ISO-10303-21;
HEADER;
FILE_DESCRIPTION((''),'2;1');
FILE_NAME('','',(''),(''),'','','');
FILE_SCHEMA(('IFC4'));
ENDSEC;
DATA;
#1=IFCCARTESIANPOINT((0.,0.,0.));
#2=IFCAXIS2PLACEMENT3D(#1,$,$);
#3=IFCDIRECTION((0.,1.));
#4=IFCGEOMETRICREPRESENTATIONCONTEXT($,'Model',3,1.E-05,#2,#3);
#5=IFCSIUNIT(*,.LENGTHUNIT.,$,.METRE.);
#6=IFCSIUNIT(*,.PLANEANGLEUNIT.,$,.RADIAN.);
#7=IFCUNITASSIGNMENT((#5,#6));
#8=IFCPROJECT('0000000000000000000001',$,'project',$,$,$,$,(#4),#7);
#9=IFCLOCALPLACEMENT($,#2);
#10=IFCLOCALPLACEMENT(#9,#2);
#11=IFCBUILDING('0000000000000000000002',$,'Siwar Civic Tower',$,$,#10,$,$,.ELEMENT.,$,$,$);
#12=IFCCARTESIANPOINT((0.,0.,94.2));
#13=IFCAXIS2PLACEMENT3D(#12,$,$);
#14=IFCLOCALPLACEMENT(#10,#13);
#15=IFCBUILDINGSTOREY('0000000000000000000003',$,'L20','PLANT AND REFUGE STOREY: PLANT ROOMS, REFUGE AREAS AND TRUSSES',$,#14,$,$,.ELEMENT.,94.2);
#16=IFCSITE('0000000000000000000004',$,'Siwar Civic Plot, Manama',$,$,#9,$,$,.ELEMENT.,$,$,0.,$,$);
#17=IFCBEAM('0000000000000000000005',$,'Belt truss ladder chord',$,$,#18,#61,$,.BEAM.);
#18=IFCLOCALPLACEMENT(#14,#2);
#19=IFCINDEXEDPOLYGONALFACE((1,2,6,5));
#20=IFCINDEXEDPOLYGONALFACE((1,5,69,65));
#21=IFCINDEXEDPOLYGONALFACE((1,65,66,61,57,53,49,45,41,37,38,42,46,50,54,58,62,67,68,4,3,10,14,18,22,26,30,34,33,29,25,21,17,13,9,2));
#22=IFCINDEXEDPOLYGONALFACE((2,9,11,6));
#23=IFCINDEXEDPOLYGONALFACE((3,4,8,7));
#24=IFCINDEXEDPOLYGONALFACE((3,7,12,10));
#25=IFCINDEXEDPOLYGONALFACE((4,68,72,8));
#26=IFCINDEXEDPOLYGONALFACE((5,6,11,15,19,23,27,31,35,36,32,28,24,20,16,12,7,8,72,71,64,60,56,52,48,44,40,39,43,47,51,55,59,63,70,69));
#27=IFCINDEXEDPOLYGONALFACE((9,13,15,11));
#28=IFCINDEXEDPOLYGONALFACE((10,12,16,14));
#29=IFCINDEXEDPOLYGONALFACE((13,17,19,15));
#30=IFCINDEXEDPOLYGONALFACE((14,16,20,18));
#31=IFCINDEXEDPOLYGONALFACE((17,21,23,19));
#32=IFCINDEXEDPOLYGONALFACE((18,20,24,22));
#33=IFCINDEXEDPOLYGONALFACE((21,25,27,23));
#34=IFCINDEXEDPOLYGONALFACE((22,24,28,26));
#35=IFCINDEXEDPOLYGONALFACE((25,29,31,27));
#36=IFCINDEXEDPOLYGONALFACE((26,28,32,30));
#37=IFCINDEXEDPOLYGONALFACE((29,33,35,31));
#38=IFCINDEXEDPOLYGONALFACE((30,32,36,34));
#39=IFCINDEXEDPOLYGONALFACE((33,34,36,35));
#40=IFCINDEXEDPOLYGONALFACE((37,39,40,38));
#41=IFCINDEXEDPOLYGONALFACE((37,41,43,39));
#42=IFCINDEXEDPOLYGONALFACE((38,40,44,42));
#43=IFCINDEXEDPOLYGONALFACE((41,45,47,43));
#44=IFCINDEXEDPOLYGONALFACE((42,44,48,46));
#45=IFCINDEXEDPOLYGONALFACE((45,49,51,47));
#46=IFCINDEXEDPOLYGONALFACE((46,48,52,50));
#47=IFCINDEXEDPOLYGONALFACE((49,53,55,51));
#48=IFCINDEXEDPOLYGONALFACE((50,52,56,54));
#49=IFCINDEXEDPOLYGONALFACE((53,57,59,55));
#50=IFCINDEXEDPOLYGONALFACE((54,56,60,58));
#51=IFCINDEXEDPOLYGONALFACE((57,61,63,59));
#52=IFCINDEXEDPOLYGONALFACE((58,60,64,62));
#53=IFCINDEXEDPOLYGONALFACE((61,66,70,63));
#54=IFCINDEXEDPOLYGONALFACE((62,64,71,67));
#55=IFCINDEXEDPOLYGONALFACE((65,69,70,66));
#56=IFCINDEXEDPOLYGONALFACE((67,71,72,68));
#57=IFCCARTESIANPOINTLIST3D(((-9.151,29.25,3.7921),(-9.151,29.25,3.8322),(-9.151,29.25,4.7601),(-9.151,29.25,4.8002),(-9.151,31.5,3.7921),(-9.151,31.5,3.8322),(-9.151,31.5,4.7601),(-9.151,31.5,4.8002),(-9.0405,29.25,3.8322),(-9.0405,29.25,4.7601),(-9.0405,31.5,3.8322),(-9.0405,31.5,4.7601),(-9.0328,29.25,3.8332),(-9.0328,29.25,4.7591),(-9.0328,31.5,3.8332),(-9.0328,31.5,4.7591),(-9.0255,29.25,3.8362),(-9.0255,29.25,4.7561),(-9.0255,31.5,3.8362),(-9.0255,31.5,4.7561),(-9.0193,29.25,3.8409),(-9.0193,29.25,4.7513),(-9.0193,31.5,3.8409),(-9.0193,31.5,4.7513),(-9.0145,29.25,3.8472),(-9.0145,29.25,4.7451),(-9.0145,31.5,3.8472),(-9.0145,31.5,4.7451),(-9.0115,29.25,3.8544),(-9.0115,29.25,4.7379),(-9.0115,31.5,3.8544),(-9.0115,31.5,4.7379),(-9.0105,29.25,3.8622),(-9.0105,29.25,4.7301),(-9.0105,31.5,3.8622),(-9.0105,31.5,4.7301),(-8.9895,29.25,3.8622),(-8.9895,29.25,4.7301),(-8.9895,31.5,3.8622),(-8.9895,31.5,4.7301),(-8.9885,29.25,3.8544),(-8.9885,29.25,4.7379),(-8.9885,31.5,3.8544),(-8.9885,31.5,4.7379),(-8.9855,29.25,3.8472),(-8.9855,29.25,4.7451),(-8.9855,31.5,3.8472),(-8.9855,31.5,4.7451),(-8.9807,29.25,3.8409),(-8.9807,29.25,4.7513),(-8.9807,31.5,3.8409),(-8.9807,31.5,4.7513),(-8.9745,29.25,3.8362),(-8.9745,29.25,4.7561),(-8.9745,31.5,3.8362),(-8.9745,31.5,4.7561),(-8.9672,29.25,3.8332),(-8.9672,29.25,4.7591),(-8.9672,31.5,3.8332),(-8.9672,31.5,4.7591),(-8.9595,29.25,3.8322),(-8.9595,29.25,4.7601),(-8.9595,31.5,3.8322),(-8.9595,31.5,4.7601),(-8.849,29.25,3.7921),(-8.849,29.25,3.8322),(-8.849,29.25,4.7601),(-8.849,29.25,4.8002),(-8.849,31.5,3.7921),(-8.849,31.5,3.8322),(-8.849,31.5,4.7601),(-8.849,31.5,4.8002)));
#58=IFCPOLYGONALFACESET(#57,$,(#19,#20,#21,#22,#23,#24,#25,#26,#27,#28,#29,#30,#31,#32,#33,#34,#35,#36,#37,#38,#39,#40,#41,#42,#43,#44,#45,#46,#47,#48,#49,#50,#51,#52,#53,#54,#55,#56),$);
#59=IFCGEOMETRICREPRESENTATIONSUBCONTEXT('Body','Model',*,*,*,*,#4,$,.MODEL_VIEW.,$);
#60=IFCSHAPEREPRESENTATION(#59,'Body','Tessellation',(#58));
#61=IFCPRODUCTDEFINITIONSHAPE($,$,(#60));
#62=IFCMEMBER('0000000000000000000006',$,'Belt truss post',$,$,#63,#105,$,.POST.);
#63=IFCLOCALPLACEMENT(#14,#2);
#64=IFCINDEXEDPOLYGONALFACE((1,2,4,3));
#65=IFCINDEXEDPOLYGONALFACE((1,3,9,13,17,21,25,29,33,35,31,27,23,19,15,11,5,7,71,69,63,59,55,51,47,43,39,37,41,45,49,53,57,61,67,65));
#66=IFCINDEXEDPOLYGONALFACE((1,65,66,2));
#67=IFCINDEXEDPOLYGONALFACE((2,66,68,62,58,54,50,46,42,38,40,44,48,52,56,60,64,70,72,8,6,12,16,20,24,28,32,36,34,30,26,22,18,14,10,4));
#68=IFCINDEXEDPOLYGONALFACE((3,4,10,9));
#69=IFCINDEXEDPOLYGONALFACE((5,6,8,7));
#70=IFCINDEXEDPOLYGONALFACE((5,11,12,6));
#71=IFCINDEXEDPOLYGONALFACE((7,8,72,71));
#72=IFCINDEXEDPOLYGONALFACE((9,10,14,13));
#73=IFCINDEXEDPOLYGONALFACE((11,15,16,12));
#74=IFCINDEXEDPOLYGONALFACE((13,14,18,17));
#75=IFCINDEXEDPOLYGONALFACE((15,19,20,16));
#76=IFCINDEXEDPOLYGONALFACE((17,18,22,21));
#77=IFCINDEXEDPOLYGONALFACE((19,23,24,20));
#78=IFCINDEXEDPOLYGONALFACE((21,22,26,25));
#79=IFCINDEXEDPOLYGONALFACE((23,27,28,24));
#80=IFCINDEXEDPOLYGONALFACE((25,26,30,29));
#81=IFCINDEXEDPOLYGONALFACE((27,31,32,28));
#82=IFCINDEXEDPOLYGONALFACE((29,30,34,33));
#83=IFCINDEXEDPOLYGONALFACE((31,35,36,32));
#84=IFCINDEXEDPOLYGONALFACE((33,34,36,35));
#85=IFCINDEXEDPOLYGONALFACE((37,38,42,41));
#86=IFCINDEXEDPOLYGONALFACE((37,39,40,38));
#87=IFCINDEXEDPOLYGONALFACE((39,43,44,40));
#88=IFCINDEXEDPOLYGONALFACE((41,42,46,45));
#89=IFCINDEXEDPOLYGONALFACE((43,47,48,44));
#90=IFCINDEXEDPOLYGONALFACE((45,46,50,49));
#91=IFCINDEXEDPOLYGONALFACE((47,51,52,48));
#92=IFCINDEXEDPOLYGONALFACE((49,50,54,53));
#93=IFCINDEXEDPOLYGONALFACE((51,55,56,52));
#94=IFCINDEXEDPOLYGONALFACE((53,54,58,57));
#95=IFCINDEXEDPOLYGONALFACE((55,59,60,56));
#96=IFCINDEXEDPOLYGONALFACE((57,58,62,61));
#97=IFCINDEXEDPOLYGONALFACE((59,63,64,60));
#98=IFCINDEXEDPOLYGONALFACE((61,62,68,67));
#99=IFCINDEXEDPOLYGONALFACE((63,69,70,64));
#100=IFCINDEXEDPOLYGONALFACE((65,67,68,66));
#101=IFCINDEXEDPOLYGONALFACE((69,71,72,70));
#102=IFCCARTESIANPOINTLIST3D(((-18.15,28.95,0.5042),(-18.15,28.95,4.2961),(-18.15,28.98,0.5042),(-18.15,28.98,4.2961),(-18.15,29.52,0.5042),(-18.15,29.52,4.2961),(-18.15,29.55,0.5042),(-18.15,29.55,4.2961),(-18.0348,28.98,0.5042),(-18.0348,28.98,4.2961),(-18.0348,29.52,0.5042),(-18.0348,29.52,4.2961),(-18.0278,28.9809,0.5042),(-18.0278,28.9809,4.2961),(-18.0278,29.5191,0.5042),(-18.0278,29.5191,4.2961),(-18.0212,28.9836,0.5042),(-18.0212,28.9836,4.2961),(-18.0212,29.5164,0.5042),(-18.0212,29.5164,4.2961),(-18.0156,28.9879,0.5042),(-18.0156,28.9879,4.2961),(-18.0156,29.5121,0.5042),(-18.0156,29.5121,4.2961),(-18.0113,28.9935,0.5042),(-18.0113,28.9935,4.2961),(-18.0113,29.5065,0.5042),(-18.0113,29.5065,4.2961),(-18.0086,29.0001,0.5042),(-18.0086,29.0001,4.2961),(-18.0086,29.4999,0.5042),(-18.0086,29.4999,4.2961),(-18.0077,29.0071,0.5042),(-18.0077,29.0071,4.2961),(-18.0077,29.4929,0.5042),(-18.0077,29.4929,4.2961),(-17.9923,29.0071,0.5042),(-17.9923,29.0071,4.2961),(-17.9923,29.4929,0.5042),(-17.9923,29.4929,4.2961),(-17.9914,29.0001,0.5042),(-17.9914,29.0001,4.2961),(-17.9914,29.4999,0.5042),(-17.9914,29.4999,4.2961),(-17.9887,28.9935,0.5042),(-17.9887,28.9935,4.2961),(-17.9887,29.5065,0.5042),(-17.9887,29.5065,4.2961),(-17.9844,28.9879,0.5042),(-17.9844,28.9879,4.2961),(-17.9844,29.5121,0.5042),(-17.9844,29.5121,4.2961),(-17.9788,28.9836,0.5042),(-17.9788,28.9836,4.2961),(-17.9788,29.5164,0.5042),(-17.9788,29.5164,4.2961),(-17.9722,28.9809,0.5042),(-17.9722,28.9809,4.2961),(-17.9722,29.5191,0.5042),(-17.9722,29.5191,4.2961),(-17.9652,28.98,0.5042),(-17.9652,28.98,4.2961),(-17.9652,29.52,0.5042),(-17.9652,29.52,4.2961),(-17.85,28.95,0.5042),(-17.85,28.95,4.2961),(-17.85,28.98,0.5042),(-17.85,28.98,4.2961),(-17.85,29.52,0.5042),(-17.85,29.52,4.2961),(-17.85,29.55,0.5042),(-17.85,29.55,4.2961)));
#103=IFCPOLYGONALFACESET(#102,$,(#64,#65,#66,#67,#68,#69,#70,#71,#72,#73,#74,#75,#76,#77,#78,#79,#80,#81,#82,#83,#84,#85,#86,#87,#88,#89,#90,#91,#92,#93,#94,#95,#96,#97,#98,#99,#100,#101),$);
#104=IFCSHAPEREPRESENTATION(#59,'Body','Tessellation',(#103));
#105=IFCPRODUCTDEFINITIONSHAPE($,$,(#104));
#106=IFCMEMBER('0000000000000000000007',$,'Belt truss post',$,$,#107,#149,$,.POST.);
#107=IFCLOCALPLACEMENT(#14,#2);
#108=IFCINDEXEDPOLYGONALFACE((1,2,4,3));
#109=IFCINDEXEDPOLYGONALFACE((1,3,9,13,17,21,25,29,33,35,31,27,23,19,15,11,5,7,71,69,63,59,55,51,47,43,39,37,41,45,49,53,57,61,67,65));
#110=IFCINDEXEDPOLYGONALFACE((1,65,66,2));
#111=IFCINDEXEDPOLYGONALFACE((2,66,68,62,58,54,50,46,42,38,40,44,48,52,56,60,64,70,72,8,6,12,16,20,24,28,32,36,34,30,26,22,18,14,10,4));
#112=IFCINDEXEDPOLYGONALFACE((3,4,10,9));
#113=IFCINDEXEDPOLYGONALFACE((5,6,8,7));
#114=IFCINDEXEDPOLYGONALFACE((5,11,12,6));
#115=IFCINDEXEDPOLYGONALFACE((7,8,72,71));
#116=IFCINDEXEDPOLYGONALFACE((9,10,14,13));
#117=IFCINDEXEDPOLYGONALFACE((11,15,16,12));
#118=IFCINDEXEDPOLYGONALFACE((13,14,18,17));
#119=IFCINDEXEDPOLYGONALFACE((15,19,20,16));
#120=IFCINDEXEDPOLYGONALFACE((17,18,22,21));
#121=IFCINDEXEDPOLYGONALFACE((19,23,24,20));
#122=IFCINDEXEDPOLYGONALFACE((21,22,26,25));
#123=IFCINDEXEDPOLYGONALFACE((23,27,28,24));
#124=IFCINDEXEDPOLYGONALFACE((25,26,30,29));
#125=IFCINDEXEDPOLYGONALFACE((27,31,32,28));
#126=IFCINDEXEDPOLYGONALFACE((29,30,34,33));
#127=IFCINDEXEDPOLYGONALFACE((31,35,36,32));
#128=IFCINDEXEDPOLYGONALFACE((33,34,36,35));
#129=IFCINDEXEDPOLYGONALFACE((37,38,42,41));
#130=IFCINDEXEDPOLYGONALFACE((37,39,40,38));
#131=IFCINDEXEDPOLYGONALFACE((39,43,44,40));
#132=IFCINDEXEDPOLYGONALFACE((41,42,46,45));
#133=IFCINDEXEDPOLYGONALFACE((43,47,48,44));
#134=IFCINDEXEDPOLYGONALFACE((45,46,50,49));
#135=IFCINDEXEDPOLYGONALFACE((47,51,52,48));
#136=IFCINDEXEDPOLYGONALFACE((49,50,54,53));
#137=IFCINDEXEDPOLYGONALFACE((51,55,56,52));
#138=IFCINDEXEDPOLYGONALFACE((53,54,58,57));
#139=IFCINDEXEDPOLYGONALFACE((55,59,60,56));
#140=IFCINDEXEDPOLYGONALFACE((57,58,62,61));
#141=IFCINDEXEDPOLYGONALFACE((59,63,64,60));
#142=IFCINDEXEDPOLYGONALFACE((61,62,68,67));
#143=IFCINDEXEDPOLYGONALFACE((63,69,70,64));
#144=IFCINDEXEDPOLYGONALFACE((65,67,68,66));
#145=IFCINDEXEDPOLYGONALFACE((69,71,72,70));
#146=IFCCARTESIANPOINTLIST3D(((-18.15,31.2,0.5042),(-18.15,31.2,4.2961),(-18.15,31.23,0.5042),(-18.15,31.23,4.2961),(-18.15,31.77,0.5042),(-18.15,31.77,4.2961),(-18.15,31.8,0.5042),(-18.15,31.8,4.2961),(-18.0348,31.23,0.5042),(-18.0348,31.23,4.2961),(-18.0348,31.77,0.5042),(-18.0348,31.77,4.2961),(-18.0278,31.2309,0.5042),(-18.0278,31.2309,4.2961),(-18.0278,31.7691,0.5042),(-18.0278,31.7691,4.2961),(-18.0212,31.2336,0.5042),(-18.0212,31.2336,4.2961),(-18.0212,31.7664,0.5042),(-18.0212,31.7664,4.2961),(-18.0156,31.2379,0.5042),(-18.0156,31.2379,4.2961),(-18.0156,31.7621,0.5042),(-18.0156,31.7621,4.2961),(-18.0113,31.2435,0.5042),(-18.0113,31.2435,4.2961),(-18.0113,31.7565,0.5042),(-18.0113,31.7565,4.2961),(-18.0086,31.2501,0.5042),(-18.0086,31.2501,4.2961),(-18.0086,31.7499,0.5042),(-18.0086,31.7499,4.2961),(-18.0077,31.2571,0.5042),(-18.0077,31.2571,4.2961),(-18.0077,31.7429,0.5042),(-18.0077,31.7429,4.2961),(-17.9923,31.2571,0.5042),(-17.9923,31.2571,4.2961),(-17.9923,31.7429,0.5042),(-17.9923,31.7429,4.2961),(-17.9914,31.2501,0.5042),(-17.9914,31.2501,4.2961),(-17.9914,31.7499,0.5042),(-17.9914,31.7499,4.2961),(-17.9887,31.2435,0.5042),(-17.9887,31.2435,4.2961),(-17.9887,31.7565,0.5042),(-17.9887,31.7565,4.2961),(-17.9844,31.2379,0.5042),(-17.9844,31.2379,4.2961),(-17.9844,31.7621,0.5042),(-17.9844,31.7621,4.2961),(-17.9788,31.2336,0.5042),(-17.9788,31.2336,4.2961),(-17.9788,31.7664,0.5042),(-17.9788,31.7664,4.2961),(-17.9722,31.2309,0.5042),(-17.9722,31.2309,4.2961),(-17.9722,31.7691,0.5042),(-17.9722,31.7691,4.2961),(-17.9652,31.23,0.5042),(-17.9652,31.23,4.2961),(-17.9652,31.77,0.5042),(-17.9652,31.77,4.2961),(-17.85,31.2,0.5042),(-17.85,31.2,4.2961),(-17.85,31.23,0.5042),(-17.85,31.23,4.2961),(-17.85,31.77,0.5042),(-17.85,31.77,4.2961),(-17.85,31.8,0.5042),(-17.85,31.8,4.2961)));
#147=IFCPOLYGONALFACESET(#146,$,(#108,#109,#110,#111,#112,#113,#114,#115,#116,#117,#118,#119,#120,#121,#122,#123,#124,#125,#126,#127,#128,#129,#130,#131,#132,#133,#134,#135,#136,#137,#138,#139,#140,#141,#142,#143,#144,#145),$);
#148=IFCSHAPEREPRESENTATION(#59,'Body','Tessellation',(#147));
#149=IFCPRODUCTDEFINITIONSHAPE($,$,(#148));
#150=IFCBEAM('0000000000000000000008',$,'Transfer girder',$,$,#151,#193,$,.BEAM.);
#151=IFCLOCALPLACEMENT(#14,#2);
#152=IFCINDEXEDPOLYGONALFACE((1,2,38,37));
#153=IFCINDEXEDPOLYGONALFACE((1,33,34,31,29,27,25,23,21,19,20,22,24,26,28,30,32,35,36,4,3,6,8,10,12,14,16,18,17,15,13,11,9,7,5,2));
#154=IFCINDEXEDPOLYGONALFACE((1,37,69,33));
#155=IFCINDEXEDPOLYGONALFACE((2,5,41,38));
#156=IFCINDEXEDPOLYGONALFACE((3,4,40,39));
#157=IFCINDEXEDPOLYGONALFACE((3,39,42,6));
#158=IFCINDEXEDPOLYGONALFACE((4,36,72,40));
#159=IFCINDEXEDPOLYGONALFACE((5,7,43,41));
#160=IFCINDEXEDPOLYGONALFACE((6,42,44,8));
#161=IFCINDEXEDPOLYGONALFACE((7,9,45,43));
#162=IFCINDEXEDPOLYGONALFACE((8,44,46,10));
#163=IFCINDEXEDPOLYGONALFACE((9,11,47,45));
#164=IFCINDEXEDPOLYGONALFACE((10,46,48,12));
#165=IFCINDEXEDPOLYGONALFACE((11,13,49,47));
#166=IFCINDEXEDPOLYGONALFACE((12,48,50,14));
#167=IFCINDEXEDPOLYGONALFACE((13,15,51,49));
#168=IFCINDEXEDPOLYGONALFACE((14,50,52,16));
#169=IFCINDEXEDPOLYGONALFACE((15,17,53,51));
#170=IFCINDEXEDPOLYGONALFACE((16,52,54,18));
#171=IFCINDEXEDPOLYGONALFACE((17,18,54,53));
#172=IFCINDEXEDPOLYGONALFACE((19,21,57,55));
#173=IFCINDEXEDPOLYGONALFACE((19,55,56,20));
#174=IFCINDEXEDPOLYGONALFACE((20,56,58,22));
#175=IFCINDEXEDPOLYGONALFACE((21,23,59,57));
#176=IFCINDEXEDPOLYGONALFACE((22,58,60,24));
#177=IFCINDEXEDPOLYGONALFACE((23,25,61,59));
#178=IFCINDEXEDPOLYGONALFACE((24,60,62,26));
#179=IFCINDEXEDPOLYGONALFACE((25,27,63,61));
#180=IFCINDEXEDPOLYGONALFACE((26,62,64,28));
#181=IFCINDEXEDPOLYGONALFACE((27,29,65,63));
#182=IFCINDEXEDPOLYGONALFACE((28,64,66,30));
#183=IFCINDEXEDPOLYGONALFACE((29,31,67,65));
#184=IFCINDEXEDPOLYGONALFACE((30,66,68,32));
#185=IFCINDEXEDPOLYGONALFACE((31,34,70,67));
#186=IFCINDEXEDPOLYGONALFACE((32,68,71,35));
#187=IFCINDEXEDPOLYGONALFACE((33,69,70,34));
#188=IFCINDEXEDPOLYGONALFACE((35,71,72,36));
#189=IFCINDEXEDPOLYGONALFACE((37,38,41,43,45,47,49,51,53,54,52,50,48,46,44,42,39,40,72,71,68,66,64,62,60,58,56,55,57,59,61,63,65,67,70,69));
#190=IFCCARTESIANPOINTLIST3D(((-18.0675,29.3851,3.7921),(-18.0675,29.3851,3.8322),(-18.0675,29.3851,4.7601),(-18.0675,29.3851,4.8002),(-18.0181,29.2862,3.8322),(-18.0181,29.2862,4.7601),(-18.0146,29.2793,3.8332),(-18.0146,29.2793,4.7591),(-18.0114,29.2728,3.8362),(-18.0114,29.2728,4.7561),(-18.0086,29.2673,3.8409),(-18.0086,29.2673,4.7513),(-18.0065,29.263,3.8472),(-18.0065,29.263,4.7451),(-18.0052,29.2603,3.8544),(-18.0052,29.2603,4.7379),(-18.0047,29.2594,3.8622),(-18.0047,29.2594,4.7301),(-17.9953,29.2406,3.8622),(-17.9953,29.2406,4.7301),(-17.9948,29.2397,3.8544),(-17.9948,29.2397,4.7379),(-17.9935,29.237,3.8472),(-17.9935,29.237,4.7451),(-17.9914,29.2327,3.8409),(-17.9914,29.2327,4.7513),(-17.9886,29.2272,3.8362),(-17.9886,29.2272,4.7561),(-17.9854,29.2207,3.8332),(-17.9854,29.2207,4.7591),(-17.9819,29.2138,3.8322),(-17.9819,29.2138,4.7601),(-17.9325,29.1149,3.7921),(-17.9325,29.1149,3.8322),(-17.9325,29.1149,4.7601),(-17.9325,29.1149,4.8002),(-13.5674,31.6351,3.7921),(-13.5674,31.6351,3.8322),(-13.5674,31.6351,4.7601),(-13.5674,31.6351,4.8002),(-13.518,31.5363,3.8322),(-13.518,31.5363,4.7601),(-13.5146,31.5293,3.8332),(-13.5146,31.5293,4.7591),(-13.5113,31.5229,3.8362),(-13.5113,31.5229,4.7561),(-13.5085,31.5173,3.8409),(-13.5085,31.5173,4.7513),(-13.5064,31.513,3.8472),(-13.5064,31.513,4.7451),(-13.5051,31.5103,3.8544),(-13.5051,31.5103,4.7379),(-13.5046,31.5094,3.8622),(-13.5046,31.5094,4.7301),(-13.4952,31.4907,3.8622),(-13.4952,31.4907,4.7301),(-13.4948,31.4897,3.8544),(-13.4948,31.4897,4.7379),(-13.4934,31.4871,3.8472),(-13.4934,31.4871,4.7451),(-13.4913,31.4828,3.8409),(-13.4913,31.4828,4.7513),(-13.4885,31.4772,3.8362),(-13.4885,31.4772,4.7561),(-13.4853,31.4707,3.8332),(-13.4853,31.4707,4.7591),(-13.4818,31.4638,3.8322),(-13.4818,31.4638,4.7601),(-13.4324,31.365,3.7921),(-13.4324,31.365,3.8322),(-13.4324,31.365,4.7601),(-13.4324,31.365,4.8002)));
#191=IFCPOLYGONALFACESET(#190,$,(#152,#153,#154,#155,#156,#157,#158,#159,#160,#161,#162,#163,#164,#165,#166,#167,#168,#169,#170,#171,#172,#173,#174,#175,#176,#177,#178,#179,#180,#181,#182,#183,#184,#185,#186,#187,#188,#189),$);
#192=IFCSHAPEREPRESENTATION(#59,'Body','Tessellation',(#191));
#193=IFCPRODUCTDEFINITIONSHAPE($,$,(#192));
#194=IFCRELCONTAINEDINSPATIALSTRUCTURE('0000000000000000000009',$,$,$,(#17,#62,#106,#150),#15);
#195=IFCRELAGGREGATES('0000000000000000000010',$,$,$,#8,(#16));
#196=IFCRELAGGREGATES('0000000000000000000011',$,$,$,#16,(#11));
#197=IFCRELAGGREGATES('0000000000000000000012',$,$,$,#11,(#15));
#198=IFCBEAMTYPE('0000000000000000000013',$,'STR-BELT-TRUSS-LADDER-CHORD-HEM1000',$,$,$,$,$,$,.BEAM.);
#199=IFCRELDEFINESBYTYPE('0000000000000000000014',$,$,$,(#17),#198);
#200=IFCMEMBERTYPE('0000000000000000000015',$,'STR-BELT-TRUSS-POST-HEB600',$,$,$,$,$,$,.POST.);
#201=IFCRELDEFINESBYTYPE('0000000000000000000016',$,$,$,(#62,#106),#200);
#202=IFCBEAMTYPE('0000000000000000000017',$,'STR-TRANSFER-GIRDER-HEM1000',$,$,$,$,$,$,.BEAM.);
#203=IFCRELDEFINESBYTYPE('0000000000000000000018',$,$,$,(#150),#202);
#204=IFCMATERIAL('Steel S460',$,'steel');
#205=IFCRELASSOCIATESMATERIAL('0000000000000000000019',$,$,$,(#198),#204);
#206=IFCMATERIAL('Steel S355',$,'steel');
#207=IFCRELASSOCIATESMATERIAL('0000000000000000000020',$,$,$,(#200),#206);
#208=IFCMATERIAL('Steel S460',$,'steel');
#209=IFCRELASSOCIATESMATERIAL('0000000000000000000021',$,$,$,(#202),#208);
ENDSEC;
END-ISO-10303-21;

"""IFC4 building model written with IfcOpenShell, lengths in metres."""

from ifc_helpers import new_model, si_unit, direction, frame, origin, origin_2d, place, context, subcontext, project, spatial, i_section, extrude, material, material_profile, profile_set, type_object, element, save


model = new_model("IFC4")

# Units and contexts
model_context = context("Model", 3, precision=1e-05, world=origin(), true_north=direction((0.0, 1.0)))
body_context = subcontext(model_context, "Body", "Model", "MODEL_VIEW")
ifc_project = project(units=[si_unit("LENGTHUNIT", "METRE"), si_unit("PLANEANGLEUNIT", "RADIAN")], contexts=[model_context])

# Site, building, storey
site_placement = place(None, origin())
site = spatial("IfcSite", under=ifc_project, at=site_placement, Name="Siwar Civic Plot, Manama", CompositionType="ELEMENT", RefElevation=0.0)
building_placement = place(site_placement, origin())
building = spatial("IfcBuilding", under=site, at=building_placement, Name="Siwar Civic Tower", CompositionType="ELEMENT")
storey_placement = place(building_placement, frame((0.0, 0.0, 94.2)))
storey = spatial("IfcBuildingStorey", under=building, at=storey_placement, Name="L20", Description="PLANT AND REFUGE STOREY: PLANT ROOMS, REFUGE AREAS AND TRUSSES", CompositionType="ELEMENT", Elevation=94.2)

# Beam
ifc_material_1 = material(Name="Steel S460", Category="steel")
ifc_material_profile_1 = material_profile(ifc_material_1, i_section(OverallWidth=0.302, OverallDepth=1.0081, WebThickness=0.021, FlangeThickness=0.04, FilletRadius=0.03, at=origin_2d()), Name="HEM1000")
ifc_profile_set_1 = profile_set([ifc_material_profile_1], Name="Steel S460")
beam_type_1 = type_object("IfcBeamType", Name="STR-BELT-TRUSS-LADDER-CHORD-HEM1000", PredefinedType="BEAM", material=ifc_profile_set_1)
for number, where, z_axis, x_axis, name in (
    (1, (-9.0, 29.25, 4.2961), (0.0, 1.0, 0.0), (-1.0, 0.0, 0.0), "Belt truss ladder chord"),
):
    element("IfcBeam", number, at=place(storey_placement, frame(where, z_axis=z_axis, x_axis=x_axis)), inside=storey, type_object=beam_type_1, Name=name, PredefinedType="BEAM", context=body_context, shape_type="SweptSolid", body=[
        extrude(i_section(OverallWidth=0.302, OverallDepth=1.0081, WebThickness=0.021, FlangeThickness=0.04, FilletRadius=0.03, at=origin_2d()), origin(), (0.0, 0.0, 1.0), 2.25),
    ])

# Members
ifc_material_2 = material(Name="Steel S355", Category="steel")
ifc_material_profile_2 = material_profile(ifc_material_2, i_section(OverallWidth=0.3, OverallDepth=0.6001, WebThickness=0.0154, FlangeThickness=0.03, FilletRadius=0.0271, at=origin_2d()), Name="HEB600")
ifc_profile_set_2 = profile_set([ifc_material_profile_2], Name="Steel S355")
member_type_1 = type_object("IfcMemberType", Name="STR-BELT-TRUSS-POST-HEB600", PredefinedType="POST", material=ifc_profile_set_2)
for number, where, z_axis, x_axis, name in (
    (2, (-18.0, 29.25, 0.5042), (0.0, 0.0, 1.0), (1.0, 0.0, 0.0), "Belt truss post"),
    (3, (-18.0, 31.5, 0.5042), (0.0, 0.0, 1.0), (1.0, 0.0, 0.0), "Belt truss post"),
):
    element("IfcMember", number, at=place(storey_placement, frame(where, z_axis=z_axis, x_axis=x_axis)), inside=storey, type_object=member_type_1, Name=name, PredefinedType="POST", context=body_context, shape_type="SweptSolid", body=[
        extrude(i_section(OverallWidth=0.3, OverallDepth=0.6001, WebThickness=0.0154, FlangeThickness=0.03, FilletRadius=0.0271, at=origin_2d()), origin(), (0.0, 0.0, 1.0), 3.792),
    ])

# Beam
ifc_material_3 = material(Name="Steel S460", Category="steel")
ifc_material_profile_3 = material_profile(ifc_material_3, i_section(OverallWidth=0.302, OverallDepth=1.0081, WebThickness=0.021, FlangeThickness=0.04, FilletRadius=0.03, at=origin_2d()), Name="HEM1000")
ifc_profile_set_3 = profile_set([ifc_material_profile_3], Name="Steel S460")
beam_type_2 = type_object("IfcBeamType", Name="STR-TRANSFER-GIRDER-HEM1000", PredefinedType="BEAM", material=ifc_profile_set_3)
beam_placement = place(storey_placement, frame((-18.0, 29.25, 4.2961), z_axis=(0.894427, 0.447214, 0.0), x_axis=(-0.447214, 0.894427, 0.0)))
element("IfcBeam", 4, at=beam_placement, inside=storey, type_object=beam_type_2, Name="Transfer girder", PredefinedType="BEAM", context=body_context, shape_type="SweptSolid", body=[
    extrude(i_section(OverallWidth=0.302, OverallDepth=1.0081, WebThickness=0.021, FlangeThickness=0.04, FilletRadius=0.03, at=origin_2d()), origin(), (0.0, 0.0, 1.0), 5.0312),
])

save(model, "model.ifc")
